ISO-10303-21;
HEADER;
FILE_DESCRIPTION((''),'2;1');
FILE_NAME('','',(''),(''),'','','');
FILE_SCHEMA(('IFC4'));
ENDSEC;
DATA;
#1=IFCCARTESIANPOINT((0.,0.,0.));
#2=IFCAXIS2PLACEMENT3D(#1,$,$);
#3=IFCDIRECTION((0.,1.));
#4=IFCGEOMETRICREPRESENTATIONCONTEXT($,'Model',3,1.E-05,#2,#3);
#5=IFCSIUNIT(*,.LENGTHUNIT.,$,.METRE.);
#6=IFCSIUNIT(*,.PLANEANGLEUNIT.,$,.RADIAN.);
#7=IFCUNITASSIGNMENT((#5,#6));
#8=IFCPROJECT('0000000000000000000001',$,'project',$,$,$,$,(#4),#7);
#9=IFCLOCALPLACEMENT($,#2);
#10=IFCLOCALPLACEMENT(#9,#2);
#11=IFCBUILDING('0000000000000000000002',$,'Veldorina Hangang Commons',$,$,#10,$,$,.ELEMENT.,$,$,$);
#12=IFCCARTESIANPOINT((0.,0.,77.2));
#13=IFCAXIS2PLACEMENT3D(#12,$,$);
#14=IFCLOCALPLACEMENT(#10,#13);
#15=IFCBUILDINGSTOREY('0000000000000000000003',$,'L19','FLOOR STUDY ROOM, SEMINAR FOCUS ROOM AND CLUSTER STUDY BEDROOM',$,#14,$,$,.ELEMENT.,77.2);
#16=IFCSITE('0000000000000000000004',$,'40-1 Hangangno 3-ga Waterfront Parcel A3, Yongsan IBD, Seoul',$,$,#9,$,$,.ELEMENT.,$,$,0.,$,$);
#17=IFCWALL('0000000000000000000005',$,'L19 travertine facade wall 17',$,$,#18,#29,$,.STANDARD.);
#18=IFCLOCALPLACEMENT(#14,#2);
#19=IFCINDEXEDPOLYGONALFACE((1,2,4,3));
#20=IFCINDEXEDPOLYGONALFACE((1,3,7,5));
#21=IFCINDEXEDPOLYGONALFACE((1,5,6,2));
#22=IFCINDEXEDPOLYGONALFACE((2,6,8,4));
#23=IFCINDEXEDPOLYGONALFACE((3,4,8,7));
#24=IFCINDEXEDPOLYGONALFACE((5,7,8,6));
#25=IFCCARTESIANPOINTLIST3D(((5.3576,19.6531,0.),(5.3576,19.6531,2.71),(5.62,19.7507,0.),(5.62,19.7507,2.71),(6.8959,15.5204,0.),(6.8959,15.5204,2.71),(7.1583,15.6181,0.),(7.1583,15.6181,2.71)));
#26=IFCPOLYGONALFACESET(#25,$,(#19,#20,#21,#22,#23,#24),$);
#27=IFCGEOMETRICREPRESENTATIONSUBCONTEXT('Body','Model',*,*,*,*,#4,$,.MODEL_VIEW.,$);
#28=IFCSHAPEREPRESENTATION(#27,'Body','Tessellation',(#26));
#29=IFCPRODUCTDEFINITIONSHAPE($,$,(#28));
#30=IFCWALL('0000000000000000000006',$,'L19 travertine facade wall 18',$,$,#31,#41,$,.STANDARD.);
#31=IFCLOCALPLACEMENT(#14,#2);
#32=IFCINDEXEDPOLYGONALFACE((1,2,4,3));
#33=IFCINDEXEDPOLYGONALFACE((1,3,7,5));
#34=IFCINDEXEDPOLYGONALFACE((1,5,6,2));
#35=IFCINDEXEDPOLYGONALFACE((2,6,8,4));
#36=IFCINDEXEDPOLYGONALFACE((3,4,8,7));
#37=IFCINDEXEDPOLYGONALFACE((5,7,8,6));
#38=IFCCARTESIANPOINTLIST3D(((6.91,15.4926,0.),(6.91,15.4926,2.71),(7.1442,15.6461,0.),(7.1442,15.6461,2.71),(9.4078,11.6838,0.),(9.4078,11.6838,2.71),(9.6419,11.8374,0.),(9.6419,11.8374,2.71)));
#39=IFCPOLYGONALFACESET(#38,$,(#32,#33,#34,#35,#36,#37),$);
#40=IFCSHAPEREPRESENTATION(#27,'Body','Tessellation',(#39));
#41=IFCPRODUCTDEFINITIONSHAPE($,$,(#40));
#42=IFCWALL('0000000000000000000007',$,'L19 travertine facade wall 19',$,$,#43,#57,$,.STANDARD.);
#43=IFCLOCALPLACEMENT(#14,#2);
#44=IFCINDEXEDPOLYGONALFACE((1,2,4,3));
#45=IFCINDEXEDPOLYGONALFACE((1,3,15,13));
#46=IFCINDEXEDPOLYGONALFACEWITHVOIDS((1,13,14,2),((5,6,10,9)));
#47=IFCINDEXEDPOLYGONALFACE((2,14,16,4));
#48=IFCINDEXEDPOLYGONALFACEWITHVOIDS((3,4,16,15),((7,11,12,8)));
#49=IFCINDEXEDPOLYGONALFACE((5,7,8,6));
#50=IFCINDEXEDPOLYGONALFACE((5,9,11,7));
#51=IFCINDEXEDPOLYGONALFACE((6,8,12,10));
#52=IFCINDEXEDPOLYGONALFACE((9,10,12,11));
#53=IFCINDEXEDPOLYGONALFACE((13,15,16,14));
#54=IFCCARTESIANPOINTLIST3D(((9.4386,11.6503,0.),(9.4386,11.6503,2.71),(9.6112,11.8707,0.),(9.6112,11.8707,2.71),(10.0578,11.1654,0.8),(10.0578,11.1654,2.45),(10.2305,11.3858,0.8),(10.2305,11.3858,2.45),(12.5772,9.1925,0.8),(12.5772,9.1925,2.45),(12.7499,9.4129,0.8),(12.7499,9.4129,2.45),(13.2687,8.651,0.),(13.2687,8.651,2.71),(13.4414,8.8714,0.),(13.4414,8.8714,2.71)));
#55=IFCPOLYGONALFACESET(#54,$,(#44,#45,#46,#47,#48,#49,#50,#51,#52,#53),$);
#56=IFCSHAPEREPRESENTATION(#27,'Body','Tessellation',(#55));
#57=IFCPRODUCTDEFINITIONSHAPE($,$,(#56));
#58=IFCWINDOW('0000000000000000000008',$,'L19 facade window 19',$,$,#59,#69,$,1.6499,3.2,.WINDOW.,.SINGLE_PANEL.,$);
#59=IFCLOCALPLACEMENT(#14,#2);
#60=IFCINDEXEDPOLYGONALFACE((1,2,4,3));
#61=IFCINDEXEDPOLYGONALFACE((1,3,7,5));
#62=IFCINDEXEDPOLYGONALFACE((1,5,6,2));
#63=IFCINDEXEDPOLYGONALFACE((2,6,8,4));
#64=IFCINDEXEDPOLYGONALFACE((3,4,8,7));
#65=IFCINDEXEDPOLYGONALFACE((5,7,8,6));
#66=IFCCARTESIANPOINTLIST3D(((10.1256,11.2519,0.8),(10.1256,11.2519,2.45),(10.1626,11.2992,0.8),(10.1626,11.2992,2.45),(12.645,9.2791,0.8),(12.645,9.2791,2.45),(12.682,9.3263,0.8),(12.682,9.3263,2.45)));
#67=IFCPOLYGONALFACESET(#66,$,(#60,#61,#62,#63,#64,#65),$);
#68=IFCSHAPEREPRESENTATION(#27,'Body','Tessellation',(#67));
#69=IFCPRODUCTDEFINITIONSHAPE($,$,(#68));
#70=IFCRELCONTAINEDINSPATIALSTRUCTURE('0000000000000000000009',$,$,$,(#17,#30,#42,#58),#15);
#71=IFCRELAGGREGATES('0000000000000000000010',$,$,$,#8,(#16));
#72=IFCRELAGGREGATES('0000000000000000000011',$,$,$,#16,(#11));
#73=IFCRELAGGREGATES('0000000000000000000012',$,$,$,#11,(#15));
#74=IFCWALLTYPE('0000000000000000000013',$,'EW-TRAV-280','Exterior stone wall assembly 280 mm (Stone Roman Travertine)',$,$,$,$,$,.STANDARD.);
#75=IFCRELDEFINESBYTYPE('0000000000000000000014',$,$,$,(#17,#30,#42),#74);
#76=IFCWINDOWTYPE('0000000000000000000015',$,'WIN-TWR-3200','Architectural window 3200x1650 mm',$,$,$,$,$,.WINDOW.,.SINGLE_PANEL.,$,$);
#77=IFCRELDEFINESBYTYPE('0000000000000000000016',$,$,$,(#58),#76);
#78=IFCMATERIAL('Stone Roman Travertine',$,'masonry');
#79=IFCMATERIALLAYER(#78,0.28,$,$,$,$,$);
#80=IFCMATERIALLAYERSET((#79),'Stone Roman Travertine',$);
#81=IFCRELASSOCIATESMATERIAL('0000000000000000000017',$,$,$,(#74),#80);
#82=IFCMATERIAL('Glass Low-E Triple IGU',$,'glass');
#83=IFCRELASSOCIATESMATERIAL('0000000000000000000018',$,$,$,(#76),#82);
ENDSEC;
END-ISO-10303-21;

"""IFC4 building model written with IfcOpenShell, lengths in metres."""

from ifc_helpers import new_model, si_unit, direction, frame, frame_2d, origin, place, context, subcontext, project, spatial, rectangle, extrude, material, layer, layer_set, type_object, element, fill, save


model = new_model("IFC4")

# Units and contexts
model_context = context("Model", 3, precision=1e-05, world=origin(), true_north=direction((0.0, 1.0)))
body_context = subcontext(model_context, "Body", "Model", "MODEL_VIEW")
ifc_project = project(units=[si_unit("LENGTHUNIT", "METRE"), si_unit("PLANEANGLEUNIT", "RADIAN")], contexts=[model_context])

# Site, building, storey
site_placement = place(None, origin())
site = spatial("IfcSite", under=ifc_project, at=site_placement, Name="40-1 Hangangno 3-ga Waterfront Parcel A3, Yongsan IBD, Seoul", CompositionType="ELEMENT", RefElevation=0.0)
building_placement = place(site_placement, origin())
building = spatial("IfcBuilding", under=site, at=building_placement, Name="Veldorina Hangang Commons", CompositionType="ELEMENT")
storey_placement = place(building_placement, frame((0.0, 0.0, 77.2)))
storey = spatial("IfcBuildingStorey", under=building, at=storey_placement, Name="L19", Description="FLOOR STUDY ROOM, SEMINAR FOCUS ROOM AND CLUSTER STUDY BEDROOM", CompositionType="ELEMENT", Elevation=77.2)

# Walls
ifc_material_1 = material(Name="Stone Roman Travertine", Category="masonry")
ifc_layer_1 = layer(ifc_material_1, 0.28)
ifc_layer_set_1 = layer_set([ifc_layer_1], Name="Stone Roman Travertine")
wall_type = type_object("IfcWallType", Name="EW-TRAV-280", Description="Exterior stone wall assembly 280 mm (Stone Roman Travertine)", PredefinedType="STANDARD", material=ifc_layer_set_1)
wall_1_placement = place(storey_placement, frame((5.4888, 19.7019, 0.0), z_axis=(0.0, 0.0, 1.0), x_axis=(0.348859, -0.937175, 0.0)))
element("IfcWall", 1, at=wall_1_placement, inside=storey, type_object=wall_type, Name="L19 travertine facade wall 17", PredefinedType="STANDARD", context=body_context, shape_type="SweptSolid", body=[
    extrude(rectangle(XDim=4.4097, YDim=0.28, at=frame_2d((2.2048, 0.0))), origin(), (0.0, 0.0, 1.0), 2.71),
])
wall_2_placement = place(storey_placement, frame((7.0271, 15.5693, 0.0), z_axis=(0.0, 0.0, 1.0), x_axis=(0.548388, -0.836224, 0.0)))
element("IfcWall", 2, at=wall_2_placement, inside=storey, type_object=wall_type, Name="L19 travertine facade wall 18", PredefinedType="STANDARD", context=body_context, shape_type="SweptSolid", body=[
    extrude(rectangle(XDim=4.5547, YDim=0.28, at=frame_2d((2.2773, 0.0))), origin(), (0.0, 0.0, 1.0), 2.71),
])

# Wall, opening, window
wall_3_placement = place(storey_placement, frame((9.5249, 11.7605, 0.0), z_axis=(0.0, 0.0, 1.0), x_axis=(0.787324, -0.61654, 0.0)))
wall_3 = element("IfcWall", 3, at=wall_3_placement, inside=storey, type_object=wall_type, Name="L19 travertine facade wall 19", PredefinedType="STANDARD", context=body_context, shape_type="SweptSolid", body=[
    extrude(rectangle(XDim=4.8647, YDim=0.28, at=frame_2d((2.4324, 0.0))), origin(), (0.0, 0.0, 1.0), 2.71),
])
opening_placement = place(wall_3_placement, frame((0.7864, 0.0, 0.8)))
opening = element("IfcOpeningElement", 4, at=opening_placement, cuts=wall_3, PredefinedType="OPENING", context=body_context, shape_type="SweptSolid", body=[
    extrude(rectangle(XDim=3.2, YDim=1.6499, at=frame_2d((1.6001, 0.825))), frame((0.0, 0.1499, 0.0), z_axis=(0.0, -1.0, 0.0), x_axis=(1.0, 0.0, 0.0)), (0.0, 0.0, 1.0), 0.3),
])
ifc_material_2 = material(Name="Glass Low-E Triple IGU", Category="glass")
window_type = type_object("IfcWindowType", Name="WIN-TWR-3200", Description="Architectural window 3200x1650 mm", PartitioningType="SINGLE_PANEL", PredefinedType="WINDOW", material=ifc_material_2)
window_placement = place(opening_placement, origin())
window = element("IfcWindow", 5, at=window_placement, inside=storey, type_object=window_type, Name="L19 facade window 19", OverallHeight=1.6499, OverallWidth=3.2, PartitioningType="SINGLE_PANEL", PredefinedType="WINDOW", context=body_context, shape_type="SweptSolid", body=[
    extrude(rectangle(XDim=3.2, YDim=1.6499, at=frame_2d((1.6001, 0.825))), frame((0.0, 0.03, 0.0), z_axis=(0.0, -1.0, 0.0), x_axis=(1.0, 0.0, 0.0)), (0.0, 0.0, 1.0), 0.0601),
])
fill(opening, window)

save(model, "model.ifc")
